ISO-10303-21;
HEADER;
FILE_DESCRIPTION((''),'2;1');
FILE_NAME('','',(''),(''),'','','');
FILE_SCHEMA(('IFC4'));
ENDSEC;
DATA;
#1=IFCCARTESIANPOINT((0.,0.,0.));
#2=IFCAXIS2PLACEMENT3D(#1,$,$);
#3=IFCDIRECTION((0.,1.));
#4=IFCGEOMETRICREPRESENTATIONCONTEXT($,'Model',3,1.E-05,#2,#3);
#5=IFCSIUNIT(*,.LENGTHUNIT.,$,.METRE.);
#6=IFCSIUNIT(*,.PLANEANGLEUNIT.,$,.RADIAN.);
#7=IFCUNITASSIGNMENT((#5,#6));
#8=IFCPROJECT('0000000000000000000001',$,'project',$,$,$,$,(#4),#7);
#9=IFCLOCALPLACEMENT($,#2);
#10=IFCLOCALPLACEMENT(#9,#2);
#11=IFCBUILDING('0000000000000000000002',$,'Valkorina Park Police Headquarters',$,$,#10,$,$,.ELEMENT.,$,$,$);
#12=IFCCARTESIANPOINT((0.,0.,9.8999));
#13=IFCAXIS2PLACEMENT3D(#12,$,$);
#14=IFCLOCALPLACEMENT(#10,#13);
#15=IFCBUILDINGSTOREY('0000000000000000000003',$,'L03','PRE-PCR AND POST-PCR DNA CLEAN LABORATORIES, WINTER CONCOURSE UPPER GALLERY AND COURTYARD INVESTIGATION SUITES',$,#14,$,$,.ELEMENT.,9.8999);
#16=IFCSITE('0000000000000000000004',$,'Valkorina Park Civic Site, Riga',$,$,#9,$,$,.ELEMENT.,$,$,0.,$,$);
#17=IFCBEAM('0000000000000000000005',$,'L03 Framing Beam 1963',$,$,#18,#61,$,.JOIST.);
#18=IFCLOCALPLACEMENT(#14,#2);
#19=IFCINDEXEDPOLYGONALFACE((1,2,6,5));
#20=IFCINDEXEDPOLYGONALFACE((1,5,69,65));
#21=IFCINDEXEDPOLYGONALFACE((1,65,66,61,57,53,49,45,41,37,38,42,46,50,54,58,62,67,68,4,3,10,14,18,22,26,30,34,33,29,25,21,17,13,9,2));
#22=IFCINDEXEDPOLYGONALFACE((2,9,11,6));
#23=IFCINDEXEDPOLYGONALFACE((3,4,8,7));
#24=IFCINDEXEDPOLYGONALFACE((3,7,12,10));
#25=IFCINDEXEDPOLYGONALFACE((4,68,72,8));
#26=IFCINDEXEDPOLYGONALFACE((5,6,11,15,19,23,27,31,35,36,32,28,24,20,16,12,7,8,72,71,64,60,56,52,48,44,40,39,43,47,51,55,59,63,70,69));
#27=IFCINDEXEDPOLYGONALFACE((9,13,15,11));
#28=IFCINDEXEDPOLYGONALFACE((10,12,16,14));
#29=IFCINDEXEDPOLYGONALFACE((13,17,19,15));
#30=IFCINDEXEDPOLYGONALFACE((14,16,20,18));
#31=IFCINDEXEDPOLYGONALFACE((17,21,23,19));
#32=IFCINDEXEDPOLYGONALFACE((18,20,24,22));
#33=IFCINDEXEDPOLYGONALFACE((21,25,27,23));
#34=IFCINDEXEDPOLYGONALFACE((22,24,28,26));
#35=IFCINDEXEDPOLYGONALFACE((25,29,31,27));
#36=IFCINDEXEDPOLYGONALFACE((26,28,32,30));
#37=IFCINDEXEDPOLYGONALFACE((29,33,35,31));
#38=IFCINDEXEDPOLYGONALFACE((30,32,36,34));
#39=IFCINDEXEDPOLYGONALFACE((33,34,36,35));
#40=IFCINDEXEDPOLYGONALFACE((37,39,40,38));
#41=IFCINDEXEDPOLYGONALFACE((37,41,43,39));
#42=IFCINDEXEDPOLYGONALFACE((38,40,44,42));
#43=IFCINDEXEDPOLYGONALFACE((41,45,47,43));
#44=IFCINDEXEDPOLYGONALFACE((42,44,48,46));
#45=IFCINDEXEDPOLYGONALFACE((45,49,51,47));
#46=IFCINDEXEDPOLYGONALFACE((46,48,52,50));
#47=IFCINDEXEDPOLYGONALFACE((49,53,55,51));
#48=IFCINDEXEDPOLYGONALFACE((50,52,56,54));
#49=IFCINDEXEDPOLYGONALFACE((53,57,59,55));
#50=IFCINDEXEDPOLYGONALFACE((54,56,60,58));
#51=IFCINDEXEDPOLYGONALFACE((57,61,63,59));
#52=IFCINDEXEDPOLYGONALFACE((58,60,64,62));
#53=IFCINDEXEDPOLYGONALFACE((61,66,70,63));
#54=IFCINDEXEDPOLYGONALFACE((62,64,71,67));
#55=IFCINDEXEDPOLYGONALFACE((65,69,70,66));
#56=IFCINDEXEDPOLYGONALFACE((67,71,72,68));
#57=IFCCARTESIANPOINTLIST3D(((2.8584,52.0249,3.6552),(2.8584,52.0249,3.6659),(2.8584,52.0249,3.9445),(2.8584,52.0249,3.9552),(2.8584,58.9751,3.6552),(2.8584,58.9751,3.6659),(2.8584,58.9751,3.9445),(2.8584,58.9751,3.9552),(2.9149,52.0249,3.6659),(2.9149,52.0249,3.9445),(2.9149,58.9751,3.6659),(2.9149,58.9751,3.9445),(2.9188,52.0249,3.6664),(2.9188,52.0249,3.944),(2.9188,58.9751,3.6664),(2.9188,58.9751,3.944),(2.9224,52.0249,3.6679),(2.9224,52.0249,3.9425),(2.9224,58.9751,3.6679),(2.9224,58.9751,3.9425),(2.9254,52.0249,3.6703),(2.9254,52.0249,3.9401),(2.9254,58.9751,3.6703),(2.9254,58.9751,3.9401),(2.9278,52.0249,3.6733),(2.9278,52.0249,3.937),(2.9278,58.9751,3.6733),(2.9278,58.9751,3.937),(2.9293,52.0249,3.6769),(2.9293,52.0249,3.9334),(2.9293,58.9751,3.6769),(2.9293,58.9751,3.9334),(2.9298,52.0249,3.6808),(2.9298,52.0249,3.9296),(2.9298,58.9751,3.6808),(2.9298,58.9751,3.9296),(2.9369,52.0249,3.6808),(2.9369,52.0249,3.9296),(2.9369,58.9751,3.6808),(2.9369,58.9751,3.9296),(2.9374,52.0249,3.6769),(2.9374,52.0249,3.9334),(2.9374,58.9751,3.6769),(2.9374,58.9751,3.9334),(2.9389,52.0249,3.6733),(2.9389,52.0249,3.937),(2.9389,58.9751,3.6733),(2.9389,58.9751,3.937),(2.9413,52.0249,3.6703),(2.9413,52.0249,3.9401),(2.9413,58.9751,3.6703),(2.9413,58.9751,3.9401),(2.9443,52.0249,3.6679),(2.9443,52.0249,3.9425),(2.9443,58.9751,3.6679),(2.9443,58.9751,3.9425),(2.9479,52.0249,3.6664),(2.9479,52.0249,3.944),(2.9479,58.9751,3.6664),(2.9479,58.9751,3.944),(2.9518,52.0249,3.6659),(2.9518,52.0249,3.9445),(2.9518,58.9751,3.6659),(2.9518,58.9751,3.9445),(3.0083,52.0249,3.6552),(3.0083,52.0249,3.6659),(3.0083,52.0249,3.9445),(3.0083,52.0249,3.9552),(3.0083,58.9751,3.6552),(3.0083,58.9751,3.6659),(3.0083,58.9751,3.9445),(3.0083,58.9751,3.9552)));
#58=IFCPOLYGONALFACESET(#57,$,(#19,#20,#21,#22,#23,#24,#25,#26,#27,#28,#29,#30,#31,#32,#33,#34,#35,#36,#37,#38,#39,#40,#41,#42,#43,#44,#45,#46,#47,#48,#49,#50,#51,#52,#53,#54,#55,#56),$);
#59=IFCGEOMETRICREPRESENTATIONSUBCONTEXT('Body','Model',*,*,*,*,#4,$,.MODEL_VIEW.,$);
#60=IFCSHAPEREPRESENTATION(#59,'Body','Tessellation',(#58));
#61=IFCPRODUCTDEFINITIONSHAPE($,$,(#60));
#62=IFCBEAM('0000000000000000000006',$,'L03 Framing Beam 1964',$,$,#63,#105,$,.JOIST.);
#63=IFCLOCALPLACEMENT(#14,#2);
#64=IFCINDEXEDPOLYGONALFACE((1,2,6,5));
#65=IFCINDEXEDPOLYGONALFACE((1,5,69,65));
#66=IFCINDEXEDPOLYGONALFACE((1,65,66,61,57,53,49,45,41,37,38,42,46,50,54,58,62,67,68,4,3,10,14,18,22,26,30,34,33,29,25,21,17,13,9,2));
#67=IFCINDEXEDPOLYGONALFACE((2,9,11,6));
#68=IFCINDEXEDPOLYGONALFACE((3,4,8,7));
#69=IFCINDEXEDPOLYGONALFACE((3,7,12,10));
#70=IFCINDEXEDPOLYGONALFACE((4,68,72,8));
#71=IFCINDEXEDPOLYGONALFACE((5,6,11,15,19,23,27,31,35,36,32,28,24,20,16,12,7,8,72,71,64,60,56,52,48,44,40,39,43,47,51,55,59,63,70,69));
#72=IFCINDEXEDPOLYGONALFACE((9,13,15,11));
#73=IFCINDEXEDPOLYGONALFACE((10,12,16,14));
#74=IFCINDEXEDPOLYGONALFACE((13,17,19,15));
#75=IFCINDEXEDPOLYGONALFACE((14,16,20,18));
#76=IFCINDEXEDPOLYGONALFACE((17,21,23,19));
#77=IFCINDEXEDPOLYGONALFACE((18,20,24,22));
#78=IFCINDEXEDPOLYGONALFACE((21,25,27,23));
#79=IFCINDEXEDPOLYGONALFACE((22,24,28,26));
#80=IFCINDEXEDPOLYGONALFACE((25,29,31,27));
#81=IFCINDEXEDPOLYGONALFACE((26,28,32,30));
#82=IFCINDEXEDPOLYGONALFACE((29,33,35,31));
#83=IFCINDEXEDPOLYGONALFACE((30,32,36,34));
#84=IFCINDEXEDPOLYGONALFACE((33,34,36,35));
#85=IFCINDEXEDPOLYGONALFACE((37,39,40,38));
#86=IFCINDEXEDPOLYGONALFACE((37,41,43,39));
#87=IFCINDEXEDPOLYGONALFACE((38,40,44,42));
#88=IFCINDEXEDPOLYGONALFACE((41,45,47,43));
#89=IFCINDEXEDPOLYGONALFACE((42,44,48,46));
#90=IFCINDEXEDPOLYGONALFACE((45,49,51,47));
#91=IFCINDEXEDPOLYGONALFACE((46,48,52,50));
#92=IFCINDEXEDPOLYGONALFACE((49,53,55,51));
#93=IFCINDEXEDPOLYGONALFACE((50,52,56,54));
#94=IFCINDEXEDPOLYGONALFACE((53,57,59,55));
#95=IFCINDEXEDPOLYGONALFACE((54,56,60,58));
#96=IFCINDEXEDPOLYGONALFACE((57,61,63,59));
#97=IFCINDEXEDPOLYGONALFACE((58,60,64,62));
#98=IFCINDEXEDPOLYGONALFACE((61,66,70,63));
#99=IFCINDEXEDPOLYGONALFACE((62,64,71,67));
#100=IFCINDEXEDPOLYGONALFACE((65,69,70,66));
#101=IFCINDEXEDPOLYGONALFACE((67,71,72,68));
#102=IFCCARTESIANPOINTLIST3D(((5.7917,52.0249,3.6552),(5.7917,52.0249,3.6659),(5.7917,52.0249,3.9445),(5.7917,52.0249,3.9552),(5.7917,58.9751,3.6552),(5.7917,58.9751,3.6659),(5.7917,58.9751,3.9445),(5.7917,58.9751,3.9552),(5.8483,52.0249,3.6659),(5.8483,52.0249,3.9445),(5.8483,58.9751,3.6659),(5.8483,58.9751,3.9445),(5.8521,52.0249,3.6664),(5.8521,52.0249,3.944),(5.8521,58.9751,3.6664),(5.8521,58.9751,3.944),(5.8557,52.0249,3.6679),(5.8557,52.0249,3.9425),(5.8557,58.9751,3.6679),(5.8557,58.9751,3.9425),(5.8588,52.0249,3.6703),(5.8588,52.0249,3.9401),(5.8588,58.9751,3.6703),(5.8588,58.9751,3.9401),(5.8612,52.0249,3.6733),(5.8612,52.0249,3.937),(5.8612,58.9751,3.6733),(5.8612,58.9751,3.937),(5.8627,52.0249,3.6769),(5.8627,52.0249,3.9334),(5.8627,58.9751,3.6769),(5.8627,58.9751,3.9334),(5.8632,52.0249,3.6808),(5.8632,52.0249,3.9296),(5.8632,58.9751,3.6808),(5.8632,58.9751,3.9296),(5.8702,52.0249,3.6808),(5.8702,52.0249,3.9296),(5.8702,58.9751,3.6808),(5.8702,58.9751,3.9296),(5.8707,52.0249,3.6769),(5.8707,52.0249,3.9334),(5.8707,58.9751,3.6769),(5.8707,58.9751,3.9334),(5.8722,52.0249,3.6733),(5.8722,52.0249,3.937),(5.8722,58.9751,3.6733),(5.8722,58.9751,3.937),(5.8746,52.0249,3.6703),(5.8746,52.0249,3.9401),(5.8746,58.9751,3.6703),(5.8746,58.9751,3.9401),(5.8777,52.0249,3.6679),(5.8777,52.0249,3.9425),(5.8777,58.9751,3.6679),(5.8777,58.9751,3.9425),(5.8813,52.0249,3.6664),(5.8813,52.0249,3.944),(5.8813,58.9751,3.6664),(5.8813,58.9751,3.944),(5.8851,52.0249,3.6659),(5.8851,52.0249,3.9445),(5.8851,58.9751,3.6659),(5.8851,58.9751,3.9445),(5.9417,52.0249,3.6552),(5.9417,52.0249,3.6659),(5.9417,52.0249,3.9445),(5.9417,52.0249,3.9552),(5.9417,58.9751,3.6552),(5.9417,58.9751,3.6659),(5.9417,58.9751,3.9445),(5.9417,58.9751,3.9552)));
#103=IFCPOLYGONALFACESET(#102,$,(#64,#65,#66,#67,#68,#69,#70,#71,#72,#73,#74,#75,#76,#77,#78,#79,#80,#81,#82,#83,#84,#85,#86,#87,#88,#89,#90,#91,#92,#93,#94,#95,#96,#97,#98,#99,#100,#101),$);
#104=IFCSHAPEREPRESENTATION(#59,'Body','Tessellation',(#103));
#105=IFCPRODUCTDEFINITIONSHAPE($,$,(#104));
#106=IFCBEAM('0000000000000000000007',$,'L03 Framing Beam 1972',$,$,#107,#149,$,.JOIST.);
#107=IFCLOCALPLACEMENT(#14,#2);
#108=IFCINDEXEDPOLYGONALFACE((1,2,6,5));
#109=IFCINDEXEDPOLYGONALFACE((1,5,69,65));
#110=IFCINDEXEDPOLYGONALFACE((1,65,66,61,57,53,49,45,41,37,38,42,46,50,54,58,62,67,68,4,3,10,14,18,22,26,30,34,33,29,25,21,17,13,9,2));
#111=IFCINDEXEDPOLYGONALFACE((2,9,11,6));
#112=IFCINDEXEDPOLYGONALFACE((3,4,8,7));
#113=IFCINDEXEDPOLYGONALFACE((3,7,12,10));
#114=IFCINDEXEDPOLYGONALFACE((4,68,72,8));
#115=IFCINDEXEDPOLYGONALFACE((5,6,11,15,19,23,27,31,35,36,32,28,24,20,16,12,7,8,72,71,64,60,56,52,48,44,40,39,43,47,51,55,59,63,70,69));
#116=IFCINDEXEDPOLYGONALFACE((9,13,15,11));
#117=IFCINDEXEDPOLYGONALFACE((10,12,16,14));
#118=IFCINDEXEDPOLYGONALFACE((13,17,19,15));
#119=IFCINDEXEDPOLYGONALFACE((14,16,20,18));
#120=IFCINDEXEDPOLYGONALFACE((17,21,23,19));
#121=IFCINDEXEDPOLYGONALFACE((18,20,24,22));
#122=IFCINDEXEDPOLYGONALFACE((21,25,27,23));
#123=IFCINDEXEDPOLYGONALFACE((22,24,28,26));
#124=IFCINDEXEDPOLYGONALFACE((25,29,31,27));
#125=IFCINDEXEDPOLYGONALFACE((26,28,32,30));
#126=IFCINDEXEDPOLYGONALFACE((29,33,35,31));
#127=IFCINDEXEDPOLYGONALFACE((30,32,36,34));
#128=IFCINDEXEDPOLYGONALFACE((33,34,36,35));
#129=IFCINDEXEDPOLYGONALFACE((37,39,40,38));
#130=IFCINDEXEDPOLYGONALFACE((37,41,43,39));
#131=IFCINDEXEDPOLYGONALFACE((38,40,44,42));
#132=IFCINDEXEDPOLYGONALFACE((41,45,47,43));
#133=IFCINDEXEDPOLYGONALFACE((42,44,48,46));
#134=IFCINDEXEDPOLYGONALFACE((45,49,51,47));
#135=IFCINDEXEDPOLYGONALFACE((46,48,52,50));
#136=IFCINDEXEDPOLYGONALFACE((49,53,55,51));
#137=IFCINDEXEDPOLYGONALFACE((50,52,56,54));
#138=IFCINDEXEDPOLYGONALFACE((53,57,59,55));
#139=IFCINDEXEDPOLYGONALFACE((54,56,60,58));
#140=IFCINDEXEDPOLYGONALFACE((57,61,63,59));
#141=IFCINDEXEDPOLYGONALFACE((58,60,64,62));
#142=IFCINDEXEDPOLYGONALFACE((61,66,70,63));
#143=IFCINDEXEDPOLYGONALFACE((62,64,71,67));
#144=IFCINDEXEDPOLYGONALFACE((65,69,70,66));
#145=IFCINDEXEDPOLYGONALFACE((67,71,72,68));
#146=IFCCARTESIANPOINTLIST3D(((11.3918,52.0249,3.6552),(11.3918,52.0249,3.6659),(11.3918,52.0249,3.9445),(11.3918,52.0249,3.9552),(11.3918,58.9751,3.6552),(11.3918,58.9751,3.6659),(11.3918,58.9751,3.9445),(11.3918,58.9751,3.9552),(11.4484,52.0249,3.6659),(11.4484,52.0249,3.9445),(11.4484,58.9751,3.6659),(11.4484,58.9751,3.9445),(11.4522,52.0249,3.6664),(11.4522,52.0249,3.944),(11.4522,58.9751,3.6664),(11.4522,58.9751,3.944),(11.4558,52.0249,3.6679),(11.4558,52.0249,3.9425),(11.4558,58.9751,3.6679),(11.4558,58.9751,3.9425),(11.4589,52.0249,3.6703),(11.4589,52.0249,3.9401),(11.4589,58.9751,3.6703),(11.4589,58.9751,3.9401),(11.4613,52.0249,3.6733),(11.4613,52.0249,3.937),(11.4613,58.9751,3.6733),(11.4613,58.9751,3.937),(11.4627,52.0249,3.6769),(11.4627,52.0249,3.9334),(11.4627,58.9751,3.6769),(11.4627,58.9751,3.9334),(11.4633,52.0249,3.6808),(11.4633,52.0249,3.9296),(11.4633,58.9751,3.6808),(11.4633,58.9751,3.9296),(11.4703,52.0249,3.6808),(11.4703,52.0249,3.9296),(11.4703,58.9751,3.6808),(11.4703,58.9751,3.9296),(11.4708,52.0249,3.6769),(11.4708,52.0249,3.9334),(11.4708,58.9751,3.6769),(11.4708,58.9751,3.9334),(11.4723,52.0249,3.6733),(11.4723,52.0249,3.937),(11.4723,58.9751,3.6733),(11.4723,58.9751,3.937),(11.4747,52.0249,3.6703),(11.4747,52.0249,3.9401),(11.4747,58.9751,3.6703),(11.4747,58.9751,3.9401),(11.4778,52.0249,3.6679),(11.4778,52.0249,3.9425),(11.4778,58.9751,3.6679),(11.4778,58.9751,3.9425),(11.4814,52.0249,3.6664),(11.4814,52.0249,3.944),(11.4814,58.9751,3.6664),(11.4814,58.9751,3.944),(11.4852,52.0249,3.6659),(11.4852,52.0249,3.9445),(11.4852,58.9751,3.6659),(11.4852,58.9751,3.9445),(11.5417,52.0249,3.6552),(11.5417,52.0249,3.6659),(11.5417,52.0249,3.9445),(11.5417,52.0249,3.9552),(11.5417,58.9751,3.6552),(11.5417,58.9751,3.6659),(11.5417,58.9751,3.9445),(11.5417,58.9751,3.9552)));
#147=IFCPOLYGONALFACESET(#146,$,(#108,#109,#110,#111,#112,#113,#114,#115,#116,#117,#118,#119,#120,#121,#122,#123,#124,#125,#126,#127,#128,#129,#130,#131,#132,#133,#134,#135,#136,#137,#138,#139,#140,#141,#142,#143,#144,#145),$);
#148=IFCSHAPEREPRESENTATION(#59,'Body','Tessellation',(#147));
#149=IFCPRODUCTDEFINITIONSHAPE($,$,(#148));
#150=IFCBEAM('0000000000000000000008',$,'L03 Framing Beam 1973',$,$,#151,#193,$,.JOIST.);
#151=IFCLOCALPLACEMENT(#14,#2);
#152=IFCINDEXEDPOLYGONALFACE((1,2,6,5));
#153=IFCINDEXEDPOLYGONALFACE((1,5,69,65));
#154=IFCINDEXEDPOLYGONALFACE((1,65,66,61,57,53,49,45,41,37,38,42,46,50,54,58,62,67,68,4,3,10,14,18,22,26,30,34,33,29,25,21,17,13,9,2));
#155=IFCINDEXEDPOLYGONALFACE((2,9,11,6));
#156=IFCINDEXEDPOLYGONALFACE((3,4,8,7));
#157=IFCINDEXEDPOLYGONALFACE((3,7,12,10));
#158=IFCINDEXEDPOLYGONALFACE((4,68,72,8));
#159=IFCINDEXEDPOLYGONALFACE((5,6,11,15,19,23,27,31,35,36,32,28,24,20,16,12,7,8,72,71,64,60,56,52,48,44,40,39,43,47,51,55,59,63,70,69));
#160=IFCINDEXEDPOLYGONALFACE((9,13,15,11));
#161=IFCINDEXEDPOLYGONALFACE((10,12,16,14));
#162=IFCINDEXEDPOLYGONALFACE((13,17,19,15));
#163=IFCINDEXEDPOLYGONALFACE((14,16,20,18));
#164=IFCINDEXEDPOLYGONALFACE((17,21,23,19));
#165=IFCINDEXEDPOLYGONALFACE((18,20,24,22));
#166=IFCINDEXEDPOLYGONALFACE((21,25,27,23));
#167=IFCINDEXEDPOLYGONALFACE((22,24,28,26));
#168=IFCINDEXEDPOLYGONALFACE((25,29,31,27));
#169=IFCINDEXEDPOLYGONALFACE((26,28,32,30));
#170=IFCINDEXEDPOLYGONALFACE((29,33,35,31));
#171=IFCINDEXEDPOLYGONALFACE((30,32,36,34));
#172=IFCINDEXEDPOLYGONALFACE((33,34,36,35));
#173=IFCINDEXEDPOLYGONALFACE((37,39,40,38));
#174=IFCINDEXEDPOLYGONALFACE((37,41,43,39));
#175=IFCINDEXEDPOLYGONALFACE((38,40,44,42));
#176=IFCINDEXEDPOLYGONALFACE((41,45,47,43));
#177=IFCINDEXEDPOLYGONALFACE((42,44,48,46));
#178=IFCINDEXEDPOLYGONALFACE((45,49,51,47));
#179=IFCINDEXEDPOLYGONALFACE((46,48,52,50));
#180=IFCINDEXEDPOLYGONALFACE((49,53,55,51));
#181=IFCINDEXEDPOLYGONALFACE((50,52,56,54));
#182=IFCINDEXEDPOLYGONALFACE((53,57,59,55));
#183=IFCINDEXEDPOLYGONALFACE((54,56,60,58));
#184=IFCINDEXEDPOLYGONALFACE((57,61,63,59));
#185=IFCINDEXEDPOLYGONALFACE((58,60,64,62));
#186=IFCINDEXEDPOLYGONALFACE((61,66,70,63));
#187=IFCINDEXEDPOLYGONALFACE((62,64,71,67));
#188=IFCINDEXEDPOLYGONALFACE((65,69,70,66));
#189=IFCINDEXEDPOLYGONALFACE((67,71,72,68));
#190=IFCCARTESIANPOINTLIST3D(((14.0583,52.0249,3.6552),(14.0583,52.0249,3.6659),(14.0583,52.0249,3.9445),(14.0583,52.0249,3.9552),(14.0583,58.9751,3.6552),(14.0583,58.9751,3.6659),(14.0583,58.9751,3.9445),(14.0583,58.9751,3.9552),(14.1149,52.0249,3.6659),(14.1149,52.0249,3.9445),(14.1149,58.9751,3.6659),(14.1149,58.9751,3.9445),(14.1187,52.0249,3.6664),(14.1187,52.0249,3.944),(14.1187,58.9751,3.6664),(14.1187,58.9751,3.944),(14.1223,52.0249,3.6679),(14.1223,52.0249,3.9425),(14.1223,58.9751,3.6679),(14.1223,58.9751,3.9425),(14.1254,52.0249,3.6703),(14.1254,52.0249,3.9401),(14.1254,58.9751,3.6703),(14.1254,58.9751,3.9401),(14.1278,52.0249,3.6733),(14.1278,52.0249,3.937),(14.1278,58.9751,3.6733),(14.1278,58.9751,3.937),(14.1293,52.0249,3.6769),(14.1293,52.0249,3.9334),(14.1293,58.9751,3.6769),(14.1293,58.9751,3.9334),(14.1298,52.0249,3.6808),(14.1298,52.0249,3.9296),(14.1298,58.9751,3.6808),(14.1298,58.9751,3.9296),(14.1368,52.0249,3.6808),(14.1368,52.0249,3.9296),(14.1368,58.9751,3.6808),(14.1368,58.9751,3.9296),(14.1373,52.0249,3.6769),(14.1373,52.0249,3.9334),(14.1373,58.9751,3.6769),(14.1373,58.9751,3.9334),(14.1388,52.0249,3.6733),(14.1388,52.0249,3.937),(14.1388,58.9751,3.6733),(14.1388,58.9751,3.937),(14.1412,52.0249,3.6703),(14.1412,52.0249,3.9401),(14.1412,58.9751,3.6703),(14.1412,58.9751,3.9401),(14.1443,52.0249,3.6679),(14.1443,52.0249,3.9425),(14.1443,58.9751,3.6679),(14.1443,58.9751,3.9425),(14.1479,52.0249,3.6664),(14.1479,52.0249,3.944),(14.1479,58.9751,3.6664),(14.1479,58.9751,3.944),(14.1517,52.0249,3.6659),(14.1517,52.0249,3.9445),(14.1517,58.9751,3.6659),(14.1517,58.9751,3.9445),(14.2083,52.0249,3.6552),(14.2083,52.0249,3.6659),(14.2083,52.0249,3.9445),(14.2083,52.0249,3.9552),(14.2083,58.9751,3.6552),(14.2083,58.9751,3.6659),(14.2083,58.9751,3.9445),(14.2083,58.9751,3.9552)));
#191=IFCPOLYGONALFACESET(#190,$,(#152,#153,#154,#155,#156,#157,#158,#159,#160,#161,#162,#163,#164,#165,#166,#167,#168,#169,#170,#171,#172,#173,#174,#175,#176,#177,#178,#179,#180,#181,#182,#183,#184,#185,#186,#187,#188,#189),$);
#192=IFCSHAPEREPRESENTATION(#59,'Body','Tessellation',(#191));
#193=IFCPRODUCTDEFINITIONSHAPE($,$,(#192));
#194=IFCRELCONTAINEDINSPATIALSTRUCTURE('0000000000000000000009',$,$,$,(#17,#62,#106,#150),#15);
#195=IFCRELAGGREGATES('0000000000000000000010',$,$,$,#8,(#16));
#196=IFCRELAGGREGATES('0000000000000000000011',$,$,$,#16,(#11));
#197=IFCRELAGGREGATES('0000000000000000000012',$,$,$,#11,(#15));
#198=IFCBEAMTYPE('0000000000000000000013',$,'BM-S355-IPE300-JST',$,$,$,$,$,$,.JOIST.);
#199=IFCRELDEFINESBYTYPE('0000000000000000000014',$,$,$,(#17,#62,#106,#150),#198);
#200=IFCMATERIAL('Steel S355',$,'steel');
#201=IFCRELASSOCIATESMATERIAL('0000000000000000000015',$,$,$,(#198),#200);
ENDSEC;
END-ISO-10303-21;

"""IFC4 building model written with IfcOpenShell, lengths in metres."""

from ifc_helpers import new_model, si_unit, direction, frame, origin, origin_2d, place, context, subcontext, project, spatial, i_section, extrude, material, material_profile, profile_set, type_object, element, save


model = new_model("IFC4")

# Units and contexts
model_context = context("Model", 3, precision=1e-05, world=origin(), true_north=direction((0.0, 1.0)))
body_context = subcontext(model_context, "Body", "Model", "MODEL_VIEW")
ifc_project = project(units=[si_unit("LENGTHUNIT", "METRE"), si_unit("PLANEANGLEUNIT", "RADIAN")], contexts=[model_context])

# Site, building, storey
site_placement = place(None, origin())
site = spatial("IfcSite", under=ifc_project, at=site_placement, Name="Valkorina Park Civic Site, Riga", CompositionType="ELEMENT", RefElevation=0.0)
building_placement = place(site_placement, origin())
building = spatial("IfcBuilding", under=site, at=building_placement, Name="Valkorina Park Police Headquarters", CompositionType="ELEMENT")
storey_placement = place(building_placement, frame((0.0, 0.0, 9.8999)))
storey = spatial("IfcBuildingStorey", under=building, at=storey_placement, Name="L03", Description="PRE-PCR AND POST-PCR DNA CLEAN LABORATORIES, WINTER CONCOURSE UPPER GALLERY AND COURTYARD INVESTIGATION SUITES", CompositionType="ELEMENT", Elevation=9.8999)

# Shared definitions
ifc_material_1 = material(Name="Steel S355", Category="steel")

# Beams
ifc_material_profile_1 = material_profile(ifc_material_1, i_section(OverallWidth=0.1499, OverallDepth=0.3, WebThickness=0.0071, FlangeThickness=0.0107, FilletRadius=0.0149, at=origin_2d()), Name="IPE 300")
ifc_profile_set_1 = profile_set([ifc_material_profile_1], Name="Steel S355")
beam_type_1 = type_object("IfcBeamType", Name="BM-S355-IPE300-JST", PredefinedType="JOIST", material=ifc_profile_set_1)
for number, where, z_axis, x_axis, name in (
    (1, (2.9333, 52.0249, 3.8052), (0.0, 1.0, 0.0), (-1.0, 0.0, 0.0), "L03 Framing Beam 1963"),
    (2, (5.8667, 52.0249, 3.8052), (0.0, 1.0, 0.0), (-1.0, 0.0, 0.0), "L03 Framing Beam 1964"),
    (3, (11.4668, 52.0249, 3.8052), (0.0, 1.0, 0.0), (-1.0, 0.0, 0.0), "L03 Framing Beam 1972"),
    (4, (14.1333, 52.0249, 3.8052), (0.0, 1.0, 0.0), (-1.0, 0.0, 0.0), "L03 Framing Beam 1973"),
):
    element("IfcBeam", number, at=place(storey_placement, frame(where, z_axis=z_axis, x_axis=x_axis)), inside=storey, type_object=beam_type_1, Name=name, PredefinedType="JOIST", context=body_context, shape_type="SweptSolid", body=[
        extrude(i_section(OverallWidth=0.1499, OverallDepth=0.3, WebThickness=0.0071, FlangeThickness=0.0107, FilletRadius=0.0149, at=origin_2d()), origin(), (0.0, 0.0, 1.0), 6.9502),
    ])

save(model, "model.ifc")
